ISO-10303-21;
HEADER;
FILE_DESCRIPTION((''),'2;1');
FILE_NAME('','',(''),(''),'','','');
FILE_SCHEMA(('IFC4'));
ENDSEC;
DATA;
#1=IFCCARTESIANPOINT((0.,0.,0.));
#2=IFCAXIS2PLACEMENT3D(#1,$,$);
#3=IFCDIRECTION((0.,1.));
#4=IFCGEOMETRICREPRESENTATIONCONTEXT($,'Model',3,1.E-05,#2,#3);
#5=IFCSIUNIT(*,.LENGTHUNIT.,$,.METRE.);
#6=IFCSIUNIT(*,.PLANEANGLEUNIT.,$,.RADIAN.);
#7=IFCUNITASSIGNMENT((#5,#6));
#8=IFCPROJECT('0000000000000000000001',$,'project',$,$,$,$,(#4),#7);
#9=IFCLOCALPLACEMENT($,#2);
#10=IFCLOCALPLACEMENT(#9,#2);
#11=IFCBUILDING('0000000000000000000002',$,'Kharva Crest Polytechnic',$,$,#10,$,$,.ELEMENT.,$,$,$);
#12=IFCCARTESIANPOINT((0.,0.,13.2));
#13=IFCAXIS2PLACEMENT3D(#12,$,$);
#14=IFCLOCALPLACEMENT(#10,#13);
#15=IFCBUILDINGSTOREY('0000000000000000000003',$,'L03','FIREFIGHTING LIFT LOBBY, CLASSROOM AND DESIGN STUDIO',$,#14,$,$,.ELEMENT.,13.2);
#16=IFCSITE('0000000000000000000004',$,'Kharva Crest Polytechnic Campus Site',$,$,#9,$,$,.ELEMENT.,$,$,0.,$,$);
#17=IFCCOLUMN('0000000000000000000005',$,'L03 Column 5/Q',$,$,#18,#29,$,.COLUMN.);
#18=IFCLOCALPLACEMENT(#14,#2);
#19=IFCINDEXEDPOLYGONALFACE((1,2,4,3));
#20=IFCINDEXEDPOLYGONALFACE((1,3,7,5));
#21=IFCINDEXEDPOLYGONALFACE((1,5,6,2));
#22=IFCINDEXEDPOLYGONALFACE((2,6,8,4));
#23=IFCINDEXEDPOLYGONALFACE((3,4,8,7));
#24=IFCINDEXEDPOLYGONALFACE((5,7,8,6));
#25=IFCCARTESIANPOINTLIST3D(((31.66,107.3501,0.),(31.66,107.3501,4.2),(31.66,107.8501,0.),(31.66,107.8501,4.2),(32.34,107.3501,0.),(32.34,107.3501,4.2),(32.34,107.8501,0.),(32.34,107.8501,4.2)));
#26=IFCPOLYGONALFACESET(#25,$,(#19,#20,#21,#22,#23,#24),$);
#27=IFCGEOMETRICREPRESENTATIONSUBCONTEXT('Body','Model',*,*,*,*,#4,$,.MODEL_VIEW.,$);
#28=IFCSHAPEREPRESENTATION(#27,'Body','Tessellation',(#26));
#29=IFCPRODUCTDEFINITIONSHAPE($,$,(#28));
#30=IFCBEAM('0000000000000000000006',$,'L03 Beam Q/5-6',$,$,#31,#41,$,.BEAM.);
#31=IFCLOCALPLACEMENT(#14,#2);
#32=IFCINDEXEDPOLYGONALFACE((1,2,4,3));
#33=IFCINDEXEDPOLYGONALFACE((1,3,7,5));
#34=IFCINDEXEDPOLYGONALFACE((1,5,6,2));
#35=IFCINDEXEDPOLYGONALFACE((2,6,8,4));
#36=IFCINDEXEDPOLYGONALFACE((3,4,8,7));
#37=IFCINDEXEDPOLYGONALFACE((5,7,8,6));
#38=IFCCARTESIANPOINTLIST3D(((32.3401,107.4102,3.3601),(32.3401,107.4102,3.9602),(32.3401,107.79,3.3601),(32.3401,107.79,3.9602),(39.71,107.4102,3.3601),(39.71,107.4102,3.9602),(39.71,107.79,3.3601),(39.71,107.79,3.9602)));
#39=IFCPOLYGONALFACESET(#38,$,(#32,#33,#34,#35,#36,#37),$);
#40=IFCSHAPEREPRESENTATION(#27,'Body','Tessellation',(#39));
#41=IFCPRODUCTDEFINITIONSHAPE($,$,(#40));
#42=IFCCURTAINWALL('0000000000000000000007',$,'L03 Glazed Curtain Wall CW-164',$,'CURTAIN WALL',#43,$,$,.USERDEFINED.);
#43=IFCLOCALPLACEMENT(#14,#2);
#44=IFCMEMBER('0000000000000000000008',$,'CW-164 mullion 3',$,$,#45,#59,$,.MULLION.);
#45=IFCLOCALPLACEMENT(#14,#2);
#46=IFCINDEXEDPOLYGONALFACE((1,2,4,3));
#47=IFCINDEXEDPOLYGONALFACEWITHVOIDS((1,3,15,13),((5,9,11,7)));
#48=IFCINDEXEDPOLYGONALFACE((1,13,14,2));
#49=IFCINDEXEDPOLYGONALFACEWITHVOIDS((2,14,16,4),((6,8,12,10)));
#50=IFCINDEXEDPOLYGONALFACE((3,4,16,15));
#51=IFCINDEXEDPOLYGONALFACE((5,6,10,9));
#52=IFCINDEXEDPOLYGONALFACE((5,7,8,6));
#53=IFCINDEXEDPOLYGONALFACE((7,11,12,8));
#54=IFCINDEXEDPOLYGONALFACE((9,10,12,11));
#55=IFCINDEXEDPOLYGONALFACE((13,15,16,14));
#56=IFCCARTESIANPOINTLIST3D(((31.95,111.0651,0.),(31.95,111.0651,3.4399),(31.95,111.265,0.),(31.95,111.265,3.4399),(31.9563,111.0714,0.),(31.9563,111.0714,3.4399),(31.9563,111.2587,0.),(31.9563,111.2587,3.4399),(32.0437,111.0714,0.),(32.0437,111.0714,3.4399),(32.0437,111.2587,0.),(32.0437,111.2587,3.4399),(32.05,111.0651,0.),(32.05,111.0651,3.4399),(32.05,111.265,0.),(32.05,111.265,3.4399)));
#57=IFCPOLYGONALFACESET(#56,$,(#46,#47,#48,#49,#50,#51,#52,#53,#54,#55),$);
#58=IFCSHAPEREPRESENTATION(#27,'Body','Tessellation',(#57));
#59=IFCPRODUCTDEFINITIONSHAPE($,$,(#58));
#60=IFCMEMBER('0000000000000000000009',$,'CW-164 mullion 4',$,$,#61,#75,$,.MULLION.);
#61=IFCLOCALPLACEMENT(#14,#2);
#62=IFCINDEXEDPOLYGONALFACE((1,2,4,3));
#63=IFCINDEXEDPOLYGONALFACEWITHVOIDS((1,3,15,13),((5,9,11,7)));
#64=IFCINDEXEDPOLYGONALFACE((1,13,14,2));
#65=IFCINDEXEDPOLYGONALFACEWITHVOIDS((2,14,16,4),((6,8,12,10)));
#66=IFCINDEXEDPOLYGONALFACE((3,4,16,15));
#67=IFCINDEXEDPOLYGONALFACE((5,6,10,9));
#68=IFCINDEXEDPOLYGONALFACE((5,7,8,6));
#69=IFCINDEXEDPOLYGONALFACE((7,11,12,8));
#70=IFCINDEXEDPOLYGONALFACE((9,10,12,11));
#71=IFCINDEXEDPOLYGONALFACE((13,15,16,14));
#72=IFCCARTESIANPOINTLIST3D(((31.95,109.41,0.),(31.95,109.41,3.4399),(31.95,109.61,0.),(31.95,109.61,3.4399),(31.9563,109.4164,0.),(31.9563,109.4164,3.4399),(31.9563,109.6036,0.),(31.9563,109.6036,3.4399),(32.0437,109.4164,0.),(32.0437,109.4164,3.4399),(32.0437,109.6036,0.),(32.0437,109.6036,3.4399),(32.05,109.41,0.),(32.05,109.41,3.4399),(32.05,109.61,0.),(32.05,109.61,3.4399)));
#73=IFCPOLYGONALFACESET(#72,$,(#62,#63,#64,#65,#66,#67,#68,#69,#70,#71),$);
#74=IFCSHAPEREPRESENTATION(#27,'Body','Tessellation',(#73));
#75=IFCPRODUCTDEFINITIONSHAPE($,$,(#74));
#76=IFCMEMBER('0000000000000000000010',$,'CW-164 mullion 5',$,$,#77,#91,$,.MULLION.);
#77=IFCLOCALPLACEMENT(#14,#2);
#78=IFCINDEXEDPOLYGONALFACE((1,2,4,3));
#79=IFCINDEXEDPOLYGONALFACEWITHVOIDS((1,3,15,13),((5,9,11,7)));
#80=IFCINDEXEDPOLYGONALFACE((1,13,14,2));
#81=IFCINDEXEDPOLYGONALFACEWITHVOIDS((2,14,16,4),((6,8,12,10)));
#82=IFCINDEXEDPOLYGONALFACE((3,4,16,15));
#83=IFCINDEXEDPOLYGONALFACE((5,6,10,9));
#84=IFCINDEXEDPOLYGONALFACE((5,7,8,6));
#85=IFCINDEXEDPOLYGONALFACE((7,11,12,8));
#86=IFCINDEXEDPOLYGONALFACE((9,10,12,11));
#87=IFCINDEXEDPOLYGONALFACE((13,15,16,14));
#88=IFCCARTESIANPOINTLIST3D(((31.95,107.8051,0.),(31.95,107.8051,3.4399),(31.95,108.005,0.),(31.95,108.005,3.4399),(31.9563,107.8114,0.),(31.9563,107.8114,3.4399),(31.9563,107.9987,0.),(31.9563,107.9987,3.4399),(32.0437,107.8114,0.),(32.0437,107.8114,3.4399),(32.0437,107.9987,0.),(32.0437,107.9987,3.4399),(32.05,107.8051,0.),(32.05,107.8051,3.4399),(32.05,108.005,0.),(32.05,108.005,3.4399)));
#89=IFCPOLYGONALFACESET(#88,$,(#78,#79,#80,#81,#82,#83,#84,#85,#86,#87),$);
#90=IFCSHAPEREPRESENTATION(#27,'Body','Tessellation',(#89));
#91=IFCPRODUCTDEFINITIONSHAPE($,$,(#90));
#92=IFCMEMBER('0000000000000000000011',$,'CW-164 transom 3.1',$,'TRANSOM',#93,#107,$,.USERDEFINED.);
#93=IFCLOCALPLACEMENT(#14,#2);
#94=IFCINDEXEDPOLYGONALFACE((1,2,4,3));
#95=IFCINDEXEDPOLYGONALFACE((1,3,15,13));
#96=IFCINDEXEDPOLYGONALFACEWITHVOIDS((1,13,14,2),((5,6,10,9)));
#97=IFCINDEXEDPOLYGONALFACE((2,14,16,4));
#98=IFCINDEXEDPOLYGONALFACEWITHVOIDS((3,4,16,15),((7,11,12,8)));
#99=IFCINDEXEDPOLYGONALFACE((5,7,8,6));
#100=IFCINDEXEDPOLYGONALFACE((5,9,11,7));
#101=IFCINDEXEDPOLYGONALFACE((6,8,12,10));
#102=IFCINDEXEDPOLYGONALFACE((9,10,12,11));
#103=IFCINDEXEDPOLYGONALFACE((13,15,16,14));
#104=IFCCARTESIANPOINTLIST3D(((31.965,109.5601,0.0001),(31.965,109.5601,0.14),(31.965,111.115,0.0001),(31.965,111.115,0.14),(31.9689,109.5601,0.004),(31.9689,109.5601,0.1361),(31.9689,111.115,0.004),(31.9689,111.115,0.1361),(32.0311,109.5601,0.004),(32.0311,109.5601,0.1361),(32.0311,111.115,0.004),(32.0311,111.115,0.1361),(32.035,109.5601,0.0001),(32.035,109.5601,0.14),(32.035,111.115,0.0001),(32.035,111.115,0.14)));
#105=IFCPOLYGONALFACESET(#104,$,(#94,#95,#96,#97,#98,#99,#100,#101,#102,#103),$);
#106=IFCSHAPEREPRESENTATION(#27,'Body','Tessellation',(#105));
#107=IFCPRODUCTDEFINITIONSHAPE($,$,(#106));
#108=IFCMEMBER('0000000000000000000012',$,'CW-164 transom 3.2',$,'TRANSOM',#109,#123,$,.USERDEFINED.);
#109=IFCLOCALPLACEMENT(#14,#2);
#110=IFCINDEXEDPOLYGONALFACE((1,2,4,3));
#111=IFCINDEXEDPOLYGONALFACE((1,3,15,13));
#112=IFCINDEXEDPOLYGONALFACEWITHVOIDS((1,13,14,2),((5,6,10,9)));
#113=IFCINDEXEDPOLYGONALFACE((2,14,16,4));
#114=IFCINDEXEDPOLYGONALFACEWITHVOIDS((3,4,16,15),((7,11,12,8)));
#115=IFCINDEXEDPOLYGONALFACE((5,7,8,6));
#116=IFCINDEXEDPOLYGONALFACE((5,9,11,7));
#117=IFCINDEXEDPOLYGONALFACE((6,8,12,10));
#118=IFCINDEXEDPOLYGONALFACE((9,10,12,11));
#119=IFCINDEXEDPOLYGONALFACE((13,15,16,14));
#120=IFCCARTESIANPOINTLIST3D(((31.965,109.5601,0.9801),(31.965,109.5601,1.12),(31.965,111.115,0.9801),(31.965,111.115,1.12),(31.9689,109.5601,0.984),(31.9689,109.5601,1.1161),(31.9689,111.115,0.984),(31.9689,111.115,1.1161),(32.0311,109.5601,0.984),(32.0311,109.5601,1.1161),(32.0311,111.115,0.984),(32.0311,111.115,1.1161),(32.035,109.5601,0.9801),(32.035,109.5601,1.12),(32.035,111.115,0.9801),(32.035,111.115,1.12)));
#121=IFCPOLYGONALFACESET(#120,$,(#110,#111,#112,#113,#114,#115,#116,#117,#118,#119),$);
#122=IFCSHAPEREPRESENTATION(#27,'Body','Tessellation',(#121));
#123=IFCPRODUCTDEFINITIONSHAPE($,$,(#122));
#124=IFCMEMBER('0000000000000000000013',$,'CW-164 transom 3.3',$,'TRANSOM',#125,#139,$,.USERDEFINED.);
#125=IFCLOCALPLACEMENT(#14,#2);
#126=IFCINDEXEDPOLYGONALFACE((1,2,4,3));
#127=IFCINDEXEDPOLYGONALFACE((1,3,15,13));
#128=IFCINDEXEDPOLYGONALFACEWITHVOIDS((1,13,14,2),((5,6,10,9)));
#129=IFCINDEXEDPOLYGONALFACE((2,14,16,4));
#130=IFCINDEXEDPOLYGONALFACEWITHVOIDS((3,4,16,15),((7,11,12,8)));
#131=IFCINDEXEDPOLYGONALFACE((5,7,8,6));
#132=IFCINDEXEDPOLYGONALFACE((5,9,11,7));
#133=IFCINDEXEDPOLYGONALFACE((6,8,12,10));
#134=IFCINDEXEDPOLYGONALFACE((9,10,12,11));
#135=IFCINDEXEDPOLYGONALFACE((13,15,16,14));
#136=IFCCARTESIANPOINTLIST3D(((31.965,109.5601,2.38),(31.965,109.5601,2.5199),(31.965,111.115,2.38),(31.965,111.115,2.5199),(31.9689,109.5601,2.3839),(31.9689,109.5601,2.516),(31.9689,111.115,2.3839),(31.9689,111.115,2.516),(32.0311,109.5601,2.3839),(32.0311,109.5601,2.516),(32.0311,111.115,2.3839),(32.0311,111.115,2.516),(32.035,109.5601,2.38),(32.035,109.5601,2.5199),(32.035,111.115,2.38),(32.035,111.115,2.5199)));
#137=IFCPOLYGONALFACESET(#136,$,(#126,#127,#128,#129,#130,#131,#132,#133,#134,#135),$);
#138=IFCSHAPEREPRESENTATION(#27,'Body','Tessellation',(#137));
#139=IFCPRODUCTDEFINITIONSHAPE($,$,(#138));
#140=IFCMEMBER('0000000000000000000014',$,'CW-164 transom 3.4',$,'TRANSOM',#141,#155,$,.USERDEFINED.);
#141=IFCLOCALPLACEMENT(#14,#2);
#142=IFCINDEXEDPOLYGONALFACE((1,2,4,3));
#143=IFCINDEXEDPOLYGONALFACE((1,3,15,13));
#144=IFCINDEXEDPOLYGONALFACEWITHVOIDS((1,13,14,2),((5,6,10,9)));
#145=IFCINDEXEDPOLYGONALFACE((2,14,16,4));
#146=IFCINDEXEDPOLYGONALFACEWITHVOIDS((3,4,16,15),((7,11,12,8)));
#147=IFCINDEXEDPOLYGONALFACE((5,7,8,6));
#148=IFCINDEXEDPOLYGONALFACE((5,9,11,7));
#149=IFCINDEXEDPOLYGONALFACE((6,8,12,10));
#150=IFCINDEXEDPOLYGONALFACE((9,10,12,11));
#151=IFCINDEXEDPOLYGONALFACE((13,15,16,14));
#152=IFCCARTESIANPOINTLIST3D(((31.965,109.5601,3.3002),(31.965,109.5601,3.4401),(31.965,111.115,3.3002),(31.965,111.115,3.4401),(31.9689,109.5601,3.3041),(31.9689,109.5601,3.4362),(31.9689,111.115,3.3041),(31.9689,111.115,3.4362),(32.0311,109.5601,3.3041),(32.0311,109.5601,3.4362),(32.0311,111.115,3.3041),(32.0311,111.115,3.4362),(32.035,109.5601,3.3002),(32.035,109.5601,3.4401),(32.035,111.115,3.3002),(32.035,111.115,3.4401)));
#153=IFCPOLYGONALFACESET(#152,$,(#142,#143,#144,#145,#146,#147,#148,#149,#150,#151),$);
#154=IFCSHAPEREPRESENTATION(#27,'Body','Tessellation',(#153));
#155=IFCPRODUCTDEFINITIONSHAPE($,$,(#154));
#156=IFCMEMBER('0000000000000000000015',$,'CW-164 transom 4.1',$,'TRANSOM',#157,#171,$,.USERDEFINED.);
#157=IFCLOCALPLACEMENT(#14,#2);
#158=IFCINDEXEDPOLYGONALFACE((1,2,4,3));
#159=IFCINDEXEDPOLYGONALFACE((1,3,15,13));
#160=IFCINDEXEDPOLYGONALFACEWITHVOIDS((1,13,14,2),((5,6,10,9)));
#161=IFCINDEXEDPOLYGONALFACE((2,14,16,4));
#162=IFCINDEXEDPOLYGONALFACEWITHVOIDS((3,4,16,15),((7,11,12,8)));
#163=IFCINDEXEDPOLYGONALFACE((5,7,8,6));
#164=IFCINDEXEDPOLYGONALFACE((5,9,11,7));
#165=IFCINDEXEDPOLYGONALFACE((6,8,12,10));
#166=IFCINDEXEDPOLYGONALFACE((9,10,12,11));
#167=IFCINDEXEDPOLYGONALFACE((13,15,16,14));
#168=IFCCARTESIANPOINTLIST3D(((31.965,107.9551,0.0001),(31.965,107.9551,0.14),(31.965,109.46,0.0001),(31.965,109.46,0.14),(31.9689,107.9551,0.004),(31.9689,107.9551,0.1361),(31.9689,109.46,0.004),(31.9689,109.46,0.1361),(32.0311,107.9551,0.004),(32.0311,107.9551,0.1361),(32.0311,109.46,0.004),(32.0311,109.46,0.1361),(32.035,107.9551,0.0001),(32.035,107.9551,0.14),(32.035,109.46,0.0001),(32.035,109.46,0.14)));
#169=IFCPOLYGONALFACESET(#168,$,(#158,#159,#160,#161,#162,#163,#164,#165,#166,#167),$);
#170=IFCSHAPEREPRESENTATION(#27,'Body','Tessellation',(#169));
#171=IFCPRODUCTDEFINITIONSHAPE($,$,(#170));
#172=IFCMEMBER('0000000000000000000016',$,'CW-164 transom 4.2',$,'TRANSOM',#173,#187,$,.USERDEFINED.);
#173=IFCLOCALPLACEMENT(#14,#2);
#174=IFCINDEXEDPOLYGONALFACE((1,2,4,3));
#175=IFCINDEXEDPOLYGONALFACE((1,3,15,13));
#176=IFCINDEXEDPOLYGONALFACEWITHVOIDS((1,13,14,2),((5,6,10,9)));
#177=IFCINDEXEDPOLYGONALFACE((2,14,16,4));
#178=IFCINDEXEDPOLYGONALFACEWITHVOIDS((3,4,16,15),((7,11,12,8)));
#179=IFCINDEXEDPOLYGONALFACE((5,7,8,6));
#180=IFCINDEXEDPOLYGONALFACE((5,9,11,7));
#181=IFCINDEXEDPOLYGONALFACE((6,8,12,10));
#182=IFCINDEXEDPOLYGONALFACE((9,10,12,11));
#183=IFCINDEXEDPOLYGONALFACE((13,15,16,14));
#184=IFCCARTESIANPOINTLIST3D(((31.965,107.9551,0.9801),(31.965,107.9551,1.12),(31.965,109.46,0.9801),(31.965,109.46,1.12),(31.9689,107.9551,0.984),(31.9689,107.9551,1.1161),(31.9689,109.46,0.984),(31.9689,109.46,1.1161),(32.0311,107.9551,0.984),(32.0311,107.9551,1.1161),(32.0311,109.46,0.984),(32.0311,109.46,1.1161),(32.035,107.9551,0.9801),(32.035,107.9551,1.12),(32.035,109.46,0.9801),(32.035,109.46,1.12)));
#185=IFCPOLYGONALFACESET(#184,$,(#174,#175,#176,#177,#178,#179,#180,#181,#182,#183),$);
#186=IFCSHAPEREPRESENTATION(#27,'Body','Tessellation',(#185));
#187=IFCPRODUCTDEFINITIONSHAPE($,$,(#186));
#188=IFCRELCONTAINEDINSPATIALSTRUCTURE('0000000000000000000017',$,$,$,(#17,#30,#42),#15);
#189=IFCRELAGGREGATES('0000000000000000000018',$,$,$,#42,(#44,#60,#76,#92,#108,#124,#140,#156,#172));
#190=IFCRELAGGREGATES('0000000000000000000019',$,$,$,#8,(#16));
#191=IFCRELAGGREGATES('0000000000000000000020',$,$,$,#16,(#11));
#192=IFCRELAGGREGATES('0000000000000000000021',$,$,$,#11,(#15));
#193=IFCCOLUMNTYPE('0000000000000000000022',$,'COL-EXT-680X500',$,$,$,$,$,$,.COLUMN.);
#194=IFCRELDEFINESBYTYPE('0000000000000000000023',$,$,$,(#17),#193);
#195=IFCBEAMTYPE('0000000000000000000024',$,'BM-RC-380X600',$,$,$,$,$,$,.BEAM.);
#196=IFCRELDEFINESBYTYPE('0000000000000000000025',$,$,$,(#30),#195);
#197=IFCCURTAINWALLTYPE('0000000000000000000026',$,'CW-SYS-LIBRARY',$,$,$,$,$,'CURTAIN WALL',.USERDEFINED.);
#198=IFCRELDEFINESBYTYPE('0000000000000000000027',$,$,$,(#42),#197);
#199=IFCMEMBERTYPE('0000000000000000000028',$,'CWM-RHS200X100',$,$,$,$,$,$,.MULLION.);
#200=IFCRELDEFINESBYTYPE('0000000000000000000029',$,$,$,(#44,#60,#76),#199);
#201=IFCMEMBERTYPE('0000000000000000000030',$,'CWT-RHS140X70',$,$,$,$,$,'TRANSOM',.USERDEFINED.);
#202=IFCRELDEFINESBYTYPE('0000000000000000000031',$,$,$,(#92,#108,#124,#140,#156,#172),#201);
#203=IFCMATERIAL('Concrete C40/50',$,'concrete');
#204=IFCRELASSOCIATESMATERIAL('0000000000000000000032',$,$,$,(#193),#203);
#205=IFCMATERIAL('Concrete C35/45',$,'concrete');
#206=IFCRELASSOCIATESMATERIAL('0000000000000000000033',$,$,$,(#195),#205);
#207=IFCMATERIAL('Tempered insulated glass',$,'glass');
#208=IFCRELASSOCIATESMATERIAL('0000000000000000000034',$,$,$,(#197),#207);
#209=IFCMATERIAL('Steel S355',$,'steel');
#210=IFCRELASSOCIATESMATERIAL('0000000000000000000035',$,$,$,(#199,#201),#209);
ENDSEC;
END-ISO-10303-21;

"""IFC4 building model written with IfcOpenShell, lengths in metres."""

from ifc_helpers import new_model, si_unit, direction, frame, origin, origin_2d, place, context, subcontext, project, spatial, rectangle, hollow_rectangle, extrude, material, material_profile, profile_set, type_object, element, aggregate, save


model = new_model("IFC4")

# Units and contexts
model_context = context("Model", 3, precision=1e-05, world=origin(), true_north=direction((0.0, 1.0)))
body_context = subcontext(model_context, "Body", "Model", "MODEL_VIEW")
ifc_project = project(units=[si_unit("LENGTHUNIT", "METRE"), si_unit("PLANEANGLEUNIT", "RADIAN")], contexts=[model_context])

# Site, building, storey
site_placement = place(None, origin())
site = spatial("IfcSite", under=ifc_project, at=site_placement, Name="Kharva Crest Polytechnic Campus Site", CompositionType="ELEMENT", RefElevation=0.0)
building_placement = place(site_placement, origin())
building = spatial("IfcBuilding", under=site, at=building_placement, Name="Kharva Crest Polytechnic", CompositionType="ELEMENT")
storey_placement = place(building_placement, frame((0.0, 0.0, 13.2)))
storey = spatial("IfcBuildingStorey", under=building, at=storey_placement, Name="L03", Description="FIREFIGHTING LIFT LOBBY, CLASSROOM AND DESIGN STUDIO", CompositionType="ELEMENT", Elevation=13.2)

# Column
ifc_material_1 = material(Name="Concrete C40/50", Category="concrete")
ifc_material_profile_1 = material_profile(ifc_material_1, rectangle(XDim=0.6799, YDim=0.5, at=origin_2d()), Name="RECT 680 X 500")
ifc_profile_set_1 = profile_set([ifc_material_profile_1], Name="Concrete C40/50")
column_type = type_object("IfcColumnType", Name="COL-EXT-680X500", PredefinedType="COLUMN", material=ifc_profile_set_1)
column_placement = place(storey_placement, frame((32.0, 107.6001, 0.0), z_axis=(0.0, 0.0, 1.0), x_axis=(1.0, 0.0, 0.0)))
element("IfcColumn", 1, at=column_placement, inside=storey, type_object=column_type, Name="L03 Column 5/Q", PredefinedType="COLUMN", context=body_context, shape_type="SweptSolid", body=[
    extrude(rectangle(XDim=0.6799, YDim=0.5, at=origin_2d()), origin(), (0.0, 0.0, 1.0), 4.2),
])

# Beam
ifc_material_2 = material(Name="Concrete C35/45", Category="concrete")
ifc_material_profile_2 = material_profile(ifc_material_2, rectangle(XDim=0.3799, YDim=0.6001, at=origin_2d()), Name="RECT 380 X 600")
ifc_profile_set_2 = profile_set([ifc_material_profile_2], Name="Concrete C35/45")
beam_type_1 = type_object("IfcBeamType", Name="BM-RC-380X600", PredefinedType="BEAM", material=ifc_profile_set_2)
beam_1_placement = place(storey_placement, frame((32.3401, 107.6001, 3.6602), z_axis=(1.0, 0.0, 0.0), x_axis=(0.0, 1.0, 0.0)))
element("IfcBeam", 2, at=beam_1_placement, inside=storey, type_object=beam_type_1, Name="L03 Beam Q/5-6", PredefinedType="BEAM", context=body_context, shape_type="SweptSolid", body=[
    extrude(rectangle(XDim=0.3799, YDim=0.6001, at=origin_2d()), origin(), (0.0, 0.0, 1.0), 7.3699),
])

# Curtain wall, members
ifc_material_3 = material(Name="Tempered insulated glass", Category="glass")
curtain_wall_type = type_object("IfcCurtainWallType", Name="CW-SYS-LIBRARY", ElementType="CURTAIN WALL", PredefinedType="USERDEFINED", material=ifc_material_3)
curtain_wall_placement = place(storey_placement, origin())
curtain_wall = element("IfcCurtainWall", 3, at=curtain_wall_placement, inside=storey, type_object=curtain_wall_type, Name="L03 Glazed Curtain Wall CW-164", ObjectType="CURTAIN WALL", PredefinedType="USERDEFINED")
ifc_material_4 = material(Name="Steel S355", Category="steel")
ifc_material_profile_3 = material_profile(ifc_material_4, hollow_rectangle(XDim=0.1001, YDim=0.2, WallThickness=0.0063, at=origin_2d()), Name="RHS 200X100X6.3")
ifc_profile_set_3 = profile_set([ifc_material_profile_3], Name="Steel S355")
member_type_1 = type_object("IfcMemberType", Name="CWM-RHS200X100", PredefinedType="MULLION", material=ifc_profile_set_3)
member_1_placement = place(storey_placement, frame((32.0, 111.165, 0.0), z_axis=(0.0, 0.0, 1.0), x_axis=(1.0, 0.0, 0.0)))
member_1 = element("IfcMember", 4, at=member_1_placement, type_object=member_type_1, Name="CW-164 mullion 3", PredefinedType="MULLION", context=body_context, shape_type="SweptSolid", body=[
    extrude(hollow_rectangle(XDim=0.1001, YDim=0.2, WallThickness=0.0063, at=origin_2d()), origin(), (0.0, 0.0, 1.0), 3.4399),
])
member_2_placement = place(storey_placement, frame((32.0, 109.51, 0.0), z_axis=(0.0, 0.0, 1.0), x_axis=(1.0, 0.0, 0.0)))
member_2 = element("IfcMember", 5, at=member_2_placement, type_object=member_type_1, Name="CW-164 mullion 4", PredefinedType="MULLION", context=body_context, shape_type="SweptSolid", body=[
    extrude(hollow_rectangle(XDim=0.1001, YDim=0.2, WallThickness=0.0063, at=origin_2d()), origin(), (0.0, 0.0, 1.0), 3.4399),
])
member_3_placement = place(storey_placement, frame((32.0, 107.905, 0.0), z_axis=(0.0, 0.0, 1.0), x_axis=(1.0, 0.0, 0.0)))
member_3 = element("IfcMember", 6, at=member_3_placement, type_object=member_type_1, Name="CW-164 mullion 5", PredefinedType="MULLION", context=body_context, shape_type="SweptSolid", body=[
    extrude(hollow_rectangle(XDim=0.1001, YDim=0.2, WallThickness=0.0063, at=origin_2d()), origin(), (0.0, 0.0, 1.0), 3.4399),
])
ifc_material_profile_4 = material_profile(ifc_material_4, hollow_rectangle(XDim=0.0701, YDim=0.1399, WallThickness=0.0039, at=origin_2d()), Name="RHS 140X70X4.0")
ifc_profile_set_4 = profile_set([ifc_material_profile_4], Name="Steel S355")
member_type_2 = type_object("IfcMemberType", Name="CWT-RHS140X70", ElementType="TRANSOM", PredefinedType="USERDEFINED", material=ifc_profile_set_4)
member_4_placement = place(storey_placement, frame((32.0, 111.115, 0.0701), z_axis=(0.0, -1.0, 0.0), x_axis=(1.0, 0.0, 0.0)))
member_4 = element("IfcMember", 7, at=member_4_placement, type_object=member_type_2, Name="CW-164 transom 3.1", ObjectType="TRANSOM", PredefinedType="USERDEFINED", context=body_context, shape_type="SweptSolid", body=[
    extrude(hollow_rectangle(XDim=0.0701, YDim=0.1399, WallThickness=0.0039, at=origin_2d()), origin(), (0.0, 0.0, 1.0), 1.5549),
])
member_5_placement = place(storey_placement, frame((32.0, 111.115, 1.05), z_axis=(0.0, -1.0, 0.0), x_axis=(1.0, 0.0, 0.0)))
member_5 = element("IfcMember", 8, at=member_5_placement, type_object=member_type_2, Name="CW-164 transom 3.2", ObjectType="TRANSOM", PredefinedType="USERDEFINED", context=body_context, shape_type="SweptSolid", body=[
    extrude(hollow_rectangle(XDim=0.0701, YDim=0.1399, WallThickness=0.0039, at=origin_2d()), origin(), (0.0, 0.0, 1.0), 1.5549),
])
member_6_placement = place(storey_placement, frame((32.0, 111.115, 2.45), z_axis=(0.0, -1.0, 0.0), x_axis=(1.0, 0.0, 0.0)))
member_6 = element("IfcMember", 9, at=member_6_placement, type_object=member_type_2, Name="CW-164 transom 3.3", ObjectType="TRANSOM", PredefinedType="USERDEFINED", context=body_context, shape_type="SweptSolid", body=[
    extrude(hollow_rectangle(XDim=0.0701, YDim=0.1399, WallThickness=0.0039, at=origin_2d()), origin(), (0.0, 0.0, 1.0), 1.5549),
])
member_7_placement = place(storey_placement, frame((32.0, 111.115, 3.3701), z_axis=(0.0, -1.0, 0.0), x_axis=(1.0, 0.0, 0.0)))
member_7 = element("IfcMember", 10, at=member_7_placement, type_object=member_type_2, Name="CW-164 transom 3.4", ObjectType="TRANSOM", PredefinedType="USERDEFINED", context=body_context, shape_type="SweptSolid", body=[
    extrude(hollow_rectangle(XDim=0.0701, YDim=0.1399, WallThickness=0.0039, at=origin_2d()), origin(), (0.0, 0.0, 1.0), 1.5549),
])
member_8_placement = place(storey_placement, frame((32.0, 109.46, 0.0701), z_axis=(0.0, -1.0, 0.0), x_axis=(1.0, 0.0, 0.0)))
member_8 = element("IfcMember", 11, at=member_8_placement, type_object=member_type_2, Name="CW-164 transom 4.1", ObjectType="TRANSOM", PredefinedType="USERDEFINED", context=body_context, shape_type="SweptSolid", body=[
    extrude(hollow_rectangle(XDim=0.0701, YDim=0.1399, WallThickness=0.0039, at=origin_2d()), origin(), (0.0, 0.0, 1.0), 1.5049),
])
member_9_placement = place(storey_placement, frame((32.0, 109.46, 1.05), z_axis=(0.0, -1.0, 0.0), x_axis=(1.0, 0.0, 0.0)))
member_9 = element("IfcMember", 12, at=member_9_placement, type_object=member_type_2, Name="CW-164 transom 4.2", ObjectType="TRANSOM", PredefinedType="USERDEFINED", context=body_context, shape_type="SweptSolid", body=[
    extrude(hollow_rectangle(XDim=0.0701, YDim=0.1399, WallThickness=0.0039, at=origin_2d()), origin(), (0.0, 0.0, 1.0), 1.5049),
])

aggregate(curtain_wall, [member_1, member_2, member_3, member_4, member_5, member_6, member_7, member_8, member_9])

save(model, "model.ifc")
